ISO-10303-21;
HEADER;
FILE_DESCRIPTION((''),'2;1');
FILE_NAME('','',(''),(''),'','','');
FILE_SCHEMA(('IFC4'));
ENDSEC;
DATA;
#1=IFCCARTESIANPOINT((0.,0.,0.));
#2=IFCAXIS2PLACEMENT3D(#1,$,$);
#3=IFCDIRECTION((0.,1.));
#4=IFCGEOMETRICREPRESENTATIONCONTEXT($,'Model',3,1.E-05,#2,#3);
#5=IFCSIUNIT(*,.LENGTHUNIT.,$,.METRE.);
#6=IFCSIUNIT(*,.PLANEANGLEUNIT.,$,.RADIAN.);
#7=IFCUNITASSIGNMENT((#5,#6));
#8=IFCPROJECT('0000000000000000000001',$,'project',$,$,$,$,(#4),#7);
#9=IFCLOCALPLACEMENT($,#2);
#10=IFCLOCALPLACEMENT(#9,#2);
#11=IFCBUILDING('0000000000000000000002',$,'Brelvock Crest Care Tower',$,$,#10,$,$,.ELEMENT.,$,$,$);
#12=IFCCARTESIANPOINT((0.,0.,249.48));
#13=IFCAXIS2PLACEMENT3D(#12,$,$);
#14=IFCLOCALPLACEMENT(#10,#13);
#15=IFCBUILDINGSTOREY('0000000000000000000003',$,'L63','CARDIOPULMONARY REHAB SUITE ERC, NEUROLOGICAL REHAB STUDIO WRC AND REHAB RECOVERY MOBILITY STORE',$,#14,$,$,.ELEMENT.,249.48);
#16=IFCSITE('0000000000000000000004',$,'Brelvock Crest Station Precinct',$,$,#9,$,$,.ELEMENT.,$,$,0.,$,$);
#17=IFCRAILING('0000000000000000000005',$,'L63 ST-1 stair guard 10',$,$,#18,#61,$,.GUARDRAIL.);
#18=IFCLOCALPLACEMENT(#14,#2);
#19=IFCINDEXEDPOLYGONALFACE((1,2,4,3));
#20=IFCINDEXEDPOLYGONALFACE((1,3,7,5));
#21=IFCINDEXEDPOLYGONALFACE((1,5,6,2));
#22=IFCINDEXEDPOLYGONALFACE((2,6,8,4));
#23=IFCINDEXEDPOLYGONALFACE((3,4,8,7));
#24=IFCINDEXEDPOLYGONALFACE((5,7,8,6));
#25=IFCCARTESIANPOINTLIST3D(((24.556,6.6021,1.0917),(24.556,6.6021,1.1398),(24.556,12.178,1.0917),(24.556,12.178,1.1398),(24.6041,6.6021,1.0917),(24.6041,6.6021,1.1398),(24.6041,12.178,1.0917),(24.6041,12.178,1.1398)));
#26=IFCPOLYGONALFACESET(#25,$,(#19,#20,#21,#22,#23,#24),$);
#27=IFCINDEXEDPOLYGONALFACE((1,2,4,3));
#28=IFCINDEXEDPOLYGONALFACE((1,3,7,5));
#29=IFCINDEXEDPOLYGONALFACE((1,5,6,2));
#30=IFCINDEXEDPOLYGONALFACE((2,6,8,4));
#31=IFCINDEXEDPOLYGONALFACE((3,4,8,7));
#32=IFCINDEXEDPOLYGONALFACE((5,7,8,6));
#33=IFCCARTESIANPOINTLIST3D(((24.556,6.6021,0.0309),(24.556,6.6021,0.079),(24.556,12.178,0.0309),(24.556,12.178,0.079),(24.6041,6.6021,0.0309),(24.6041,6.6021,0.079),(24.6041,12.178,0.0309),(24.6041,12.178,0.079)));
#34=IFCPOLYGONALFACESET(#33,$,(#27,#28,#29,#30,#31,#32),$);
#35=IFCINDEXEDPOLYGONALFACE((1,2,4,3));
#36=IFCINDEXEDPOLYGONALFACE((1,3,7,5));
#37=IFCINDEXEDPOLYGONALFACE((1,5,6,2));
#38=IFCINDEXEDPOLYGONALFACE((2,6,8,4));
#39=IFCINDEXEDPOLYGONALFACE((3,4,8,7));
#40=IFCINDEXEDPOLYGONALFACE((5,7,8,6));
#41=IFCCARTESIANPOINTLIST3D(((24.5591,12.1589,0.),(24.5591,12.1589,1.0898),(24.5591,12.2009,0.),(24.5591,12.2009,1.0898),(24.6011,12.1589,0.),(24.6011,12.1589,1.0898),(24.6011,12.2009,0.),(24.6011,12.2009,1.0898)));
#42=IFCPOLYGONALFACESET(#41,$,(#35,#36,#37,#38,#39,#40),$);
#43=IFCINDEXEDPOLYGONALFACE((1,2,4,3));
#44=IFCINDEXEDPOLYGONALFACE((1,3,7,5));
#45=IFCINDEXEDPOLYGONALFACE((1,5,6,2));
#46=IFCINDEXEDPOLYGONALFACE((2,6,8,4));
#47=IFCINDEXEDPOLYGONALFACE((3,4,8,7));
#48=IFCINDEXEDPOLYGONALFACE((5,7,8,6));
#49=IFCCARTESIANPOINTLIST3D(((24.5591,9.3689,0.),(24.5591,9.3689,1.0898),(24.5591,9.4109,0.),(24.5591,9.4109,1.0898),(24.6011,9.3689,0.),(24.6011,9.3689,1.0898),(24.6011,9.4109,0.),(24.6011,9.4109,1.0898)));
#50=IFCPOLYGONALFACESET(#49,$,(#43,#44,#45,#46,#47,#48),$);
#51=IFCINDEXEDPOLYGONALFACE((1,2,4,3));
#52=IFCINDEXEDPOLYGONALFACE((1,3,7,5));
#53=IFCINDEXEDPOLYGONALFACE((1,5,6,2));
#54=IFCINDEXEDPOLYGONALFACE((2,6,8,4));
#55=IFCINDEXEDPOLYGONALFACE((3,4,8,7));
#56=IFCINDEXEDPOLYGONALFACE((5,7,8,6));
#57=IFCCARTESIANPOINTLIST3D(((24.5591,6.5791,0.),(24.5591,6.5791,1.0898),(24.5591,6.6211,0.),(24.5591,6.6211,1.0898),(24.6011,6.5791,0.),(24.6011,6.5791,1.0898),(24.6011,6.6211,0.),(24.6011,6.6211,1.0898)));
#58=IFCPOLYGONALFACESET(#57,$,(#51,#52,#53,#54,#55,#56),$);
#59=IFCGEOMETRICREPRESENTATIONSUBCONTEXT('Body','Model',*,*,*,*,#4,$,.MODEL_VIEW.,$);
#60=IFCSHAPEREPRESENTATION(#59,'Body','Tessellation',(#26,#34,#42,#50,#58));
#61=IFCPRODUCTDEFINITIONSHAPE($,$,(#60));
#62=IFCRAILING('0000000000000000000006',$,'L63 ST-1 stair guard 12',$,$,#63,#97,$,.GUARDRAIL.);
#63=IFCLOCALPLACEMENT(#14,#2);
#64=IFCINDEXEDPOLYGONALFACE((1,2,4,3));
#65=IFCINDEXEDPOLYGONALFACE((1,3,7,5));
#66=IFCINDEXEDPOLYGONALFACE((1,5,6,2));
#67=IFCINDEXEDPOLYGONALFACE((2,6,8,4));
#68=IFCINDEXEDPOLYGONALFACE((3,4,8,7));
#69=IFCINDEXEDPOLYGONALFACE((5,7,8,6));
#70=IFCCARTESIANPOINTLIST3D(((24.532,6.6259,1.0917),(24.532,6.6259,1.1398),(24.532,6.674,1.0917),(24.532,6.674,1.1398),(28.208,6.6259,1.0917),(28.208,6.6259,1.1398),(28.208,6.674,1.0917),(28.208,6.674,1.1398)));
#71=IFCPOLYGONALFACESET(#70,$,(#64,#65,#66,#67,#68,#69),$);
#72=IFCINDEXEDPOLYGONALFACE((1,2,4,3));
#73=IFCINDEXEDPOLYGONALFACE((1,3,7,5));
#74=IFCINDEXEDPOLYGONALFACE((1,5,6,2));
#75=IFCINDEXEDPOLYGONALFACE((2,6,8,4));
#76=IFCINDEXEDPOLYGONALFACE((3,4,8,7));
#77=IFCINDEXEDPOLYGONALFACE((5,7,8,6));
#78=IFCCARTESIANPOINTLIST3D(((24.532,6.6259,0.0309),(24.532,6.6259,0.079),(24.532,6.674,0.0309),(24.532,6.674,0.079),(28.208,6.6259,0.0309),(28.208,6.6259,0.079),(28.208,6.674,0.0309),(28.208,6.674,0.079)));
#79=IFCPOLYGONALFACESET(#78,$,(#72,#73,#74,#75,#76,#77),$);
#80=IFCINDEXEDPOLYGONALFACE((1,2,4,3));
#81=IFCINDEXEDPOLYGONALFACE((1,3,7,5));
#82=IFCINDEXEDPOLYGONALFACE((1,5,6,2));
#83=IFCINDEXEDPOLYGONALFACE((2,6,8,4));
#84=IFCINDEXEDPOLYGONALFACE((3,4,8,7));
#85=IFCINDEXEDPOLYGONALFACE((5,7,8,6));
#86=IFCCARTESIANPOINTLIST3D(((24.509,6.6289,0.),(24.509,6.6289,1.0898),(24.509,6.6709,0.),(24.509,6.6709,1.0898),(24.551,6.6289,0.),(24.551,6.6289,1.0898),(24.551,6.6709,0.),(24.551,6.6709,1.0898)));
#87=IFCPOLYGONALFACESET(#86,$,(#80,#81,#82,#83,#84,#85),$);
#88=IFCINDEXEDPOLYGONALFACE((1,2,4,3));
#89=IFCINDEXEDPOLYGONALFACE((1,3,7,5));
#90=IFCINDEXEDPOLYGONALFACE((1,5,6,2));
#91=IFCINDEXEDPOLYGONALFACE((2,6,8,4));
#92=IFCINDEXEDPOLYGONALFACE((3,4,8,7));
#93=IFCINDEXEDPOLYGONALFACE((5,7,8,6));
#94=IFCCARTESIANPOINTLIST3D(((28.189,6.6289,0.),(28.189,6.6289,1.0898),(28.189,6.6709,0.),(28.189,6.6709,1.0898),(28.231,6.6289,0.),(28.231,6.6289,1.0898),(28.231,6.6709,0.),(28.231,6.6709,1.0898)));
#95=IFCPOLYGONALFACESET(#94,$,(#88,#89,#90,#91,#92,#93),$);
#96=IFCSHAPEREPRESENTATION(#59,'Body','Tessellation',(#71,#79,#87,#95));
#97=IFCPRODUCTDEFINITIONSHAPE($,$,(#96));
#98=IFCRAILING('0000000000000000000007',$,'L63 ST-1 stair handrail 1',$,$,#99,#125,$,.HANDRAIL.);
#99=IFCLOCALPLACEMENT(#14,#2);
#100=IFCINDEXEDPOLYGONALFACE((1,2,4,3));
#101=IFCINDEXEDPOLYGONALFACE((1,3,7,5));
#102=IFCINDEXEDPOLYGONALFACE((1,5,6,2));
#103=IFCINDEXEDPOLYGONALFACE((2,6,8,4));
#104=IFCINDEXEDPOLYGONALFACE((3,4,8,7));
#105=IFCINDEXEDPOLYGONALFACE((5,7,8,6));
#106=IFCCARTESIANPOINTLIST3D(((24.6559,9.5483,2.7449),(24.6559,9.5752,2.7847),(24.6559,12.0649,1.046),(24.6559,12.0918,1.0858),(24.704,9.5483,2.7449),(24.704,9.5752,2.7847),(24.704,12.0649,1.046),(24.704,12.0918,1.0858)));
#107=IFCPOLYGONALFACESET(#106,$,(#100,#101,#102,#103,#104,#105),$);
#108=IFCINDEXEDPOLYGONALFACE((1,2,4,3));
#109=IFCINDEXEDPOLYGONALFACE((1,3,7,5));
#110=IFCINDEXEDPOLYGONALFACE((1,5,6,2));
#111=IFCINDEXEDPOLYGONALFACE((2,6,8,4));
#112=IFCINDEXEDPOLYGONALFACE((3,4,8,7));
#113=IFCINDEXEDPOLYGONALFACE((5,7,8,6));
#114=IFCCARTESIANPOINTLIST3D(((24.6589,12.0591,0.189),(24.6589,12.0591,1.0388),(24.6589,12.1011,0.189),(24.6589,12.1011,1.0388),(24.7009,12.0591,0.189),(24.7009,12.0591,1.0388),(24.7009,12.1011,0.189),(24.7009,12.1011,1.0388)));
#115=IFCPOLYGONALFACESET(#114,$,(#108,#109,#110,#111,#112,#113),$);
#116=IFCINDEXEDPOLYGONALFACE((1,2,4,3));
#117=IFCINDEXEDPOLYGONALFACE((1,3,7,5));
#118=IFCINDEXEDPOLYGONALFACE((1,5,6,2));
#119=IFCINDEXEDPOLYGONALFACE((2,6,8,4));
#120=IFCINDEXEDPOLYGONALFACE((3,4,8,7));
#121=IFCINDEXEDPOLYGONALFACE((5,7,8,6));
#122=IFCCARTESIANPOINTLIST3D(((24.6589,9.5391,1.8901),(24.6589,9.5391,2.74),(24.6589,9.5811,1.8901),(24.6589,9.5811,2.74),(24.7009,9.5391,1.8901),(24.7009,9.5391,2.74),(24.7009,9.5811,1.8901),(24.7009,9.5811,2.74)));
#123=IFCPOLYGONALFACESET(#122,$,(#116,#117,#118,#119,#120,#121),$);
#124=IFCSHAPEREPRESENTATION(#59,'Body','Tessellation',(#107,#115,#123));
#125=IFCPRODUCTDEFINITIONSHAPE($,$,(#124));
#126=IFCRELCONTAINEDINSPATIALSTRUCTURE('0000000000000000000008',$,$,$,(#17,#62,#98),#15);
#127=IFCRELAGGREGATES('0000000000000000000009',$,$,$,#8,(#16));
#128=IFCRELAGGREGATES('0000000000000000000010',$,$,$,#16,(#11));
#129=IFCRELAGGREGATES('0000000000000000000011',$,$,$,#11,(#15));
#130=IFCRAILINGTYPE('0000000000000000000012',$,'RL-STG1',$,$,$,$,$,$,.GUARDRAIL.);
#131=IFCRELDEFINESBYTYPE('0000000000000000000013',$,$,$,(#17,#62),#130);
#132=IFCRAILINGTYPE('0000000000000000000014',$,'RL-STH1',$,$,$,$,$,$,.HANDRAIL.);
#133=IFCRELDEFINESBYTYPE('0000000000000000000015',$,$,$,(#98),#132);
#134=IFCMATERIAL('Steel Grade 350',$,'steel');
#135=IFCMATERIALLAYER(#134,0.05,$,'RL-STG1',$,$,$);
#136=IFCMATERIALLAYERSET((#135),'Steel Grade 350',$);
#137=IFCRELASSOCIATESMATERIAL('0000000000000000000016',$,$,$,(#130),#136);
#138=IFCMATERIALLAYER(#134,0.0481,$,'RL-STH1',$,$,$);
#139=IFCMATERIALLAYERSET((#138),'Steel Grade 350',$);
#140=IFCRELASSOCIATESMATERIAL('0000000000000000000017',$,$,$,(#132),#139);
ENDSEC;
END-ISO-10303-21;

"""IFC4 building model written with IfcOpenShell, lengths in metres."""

from ifc_helpers import new_model, si_unit, direction, frame, origin, origin_2d, place, context, subcontext, project, spatial, rectangle, extrude, material, layer, layer_set, type_object, element, save


model = new_model("IFC4")

# Units and contexts
model_context = context("Model", 3, precision=1e-05, world=origin(), true_north=direction((0.0, 1.0)))
body_context = subcontext(model_context, "Body", "Model", "MODEL_VIEW")
ifc_project = project(units=[si_unit("LENGTHUNIT", "METRE"), si_unit("PLANEANGLEUNIT", "RADIAN")], contexts=[model_context])

# Site, building, storey
site_placement = place(None, origin())
site = spatial("IfcSite", under=ifc_project, at=site_placement, Name="Brelvock Crest Station Precinct", CompositionType="ELEMENT", RefElevation=0.0)
building_placement = place(site_placement, origin())
building = spatial("IfcBuilding", under=site, at=building_placement, Name="Brelvock Crest Care Tower", CompositionType="ELEMENT")
storey_placement = place(building_placement, frame((0.0, 0.0, 249.48)))
storey = spatial("IfcBuildingStorey", under=building, at=storey_placement, Name="L63", Description="CARDIOPULMONARY REHAB SUITE ERC, NEUROLOGICAL REHAB STUDIO WRC AND REHAB RECOVERY MOBILITY STORE", CompositionType="ELEMENT", Elevation=249.48)

# Shared definitions
ifc_material_1 = material(Name="Steel Grade 350", Category="steel")

# Railings
ifc_layer_1 = layer(ifc_material_1, 0.05, Name="RL-STG1")
ifc_layer_set_1 = layer_set([ifc_layer_1], Name="Steel Grade 350")
railing_type_1 = type_object("IfcRailingType", Name="RL-STG1", PredefinedType="GUARDRAIL", material=ifc_layer_set_1)
railing_1_placement = place(storey_placement, frame((24.5801, 12.1799, 0.0)))
element("IfcRailing", 1, at=railing_1_placement, inside=storey, type_object=railing_type_1, Name="L63 ST-1 stair guard 10", PredefinedType="GUARDRAIL", context=body_context, shape_type="SweptSolid", body=[
    extrude(rectangle(XDim=0.0481, YDim=0.0481, at=origin_2d()), frame((0.0, -0.002, 1.1157), z_axis=(0.0, -1.0, 0.0), x_axis=(1.0, 0.0, 0.0)), (0.0, 0.0, 1.0), 5.5759),
    extrude(rectangle(XDim=0.0481, YDim=0.0481, at=origin_2d()), frame((0.0, -0.002, 0.0549), z_axis=(0.0, -1.0, 0.0), x_axis=(1.0, 0.0, 0.0)), (0.0, 0.0, 1.0), 5.5759),
    extrude(rectangle(XDim=0.042, YDim=0.042, at=origin_2d()), origin(), (0.0, 0.0, 1.0), 1.0898),
    extrude(rectangle(XDim=0.042, YDim=0.042, at=origin_2d()), frame((0.0, -2.79, 0.0)), (0.0, 0.0, 1.0), 1.0898),
    extrude(rectangle(XDim=0.042, YDim=0.042, at=origin_2d()), frame((0.0, -5.5798, 0.0)), (0.0, 0.0, 1.0), 1.0898),
])
railing_2_placement = place(storey_placement, frame((24.53, 6.6499, 0.0)))
element("IfcRailing", 2, at=railing_2_placement, inside=storey, type_object=railing_type_1, Name="L63 ST-1 stair guard 12", PredefinedType="GUARDRAIL", context=body_context, shape_type="SweptSolid", body=[
    extrude(rectangle(XDim=0.0481, YDim=0.0481, at=origin_2d()), frame((0.002, 0.0, 1.1157), z_axis=(1.0, 0.0, 0.0), x_axis=(0.0, 1.0, 0.0)), (0.0, 0.0, 1.0), 3.676),
    extrude(rectangle(XDim=0.0481, YDim=0.0481, at=origin_2d()), frame((0.002, 0.0, 0.0549), z_axis=(1.0, 0.0, 0.0), x_axis=(0.0, 1.0, 0.0)), (0.0, 0.0, 1.0), 3.676),
    extrude(rectangle(XDim=0.042, YDim=0.042, at=origin_2d()), origin(), (0.0, 0.0, 1.0), 1.0898),
    extrude(rectangle(XDim=0.042, YDim=0.042, at=origin_2d()), frame((3.6799, 0.0, 0.0)), (0.0, 0.0, 1.0), 1.0898),
])
ifc_layer_2 = layer(ifc_material_1, 0.0481, Name="RL-STH1")
ifc_layer_set_2 = layer_set([ifc_layer_2], Name="Steel Grade 350")
railing_type_2 = type_object("IfcRailingType", Name="RL-STH1", PredefinedType="HANDRAIL", material=ifc_layer_set_2)
railing_3_placement = place(storey_placement, frame((24.6799, 12.0801, 0.189)))
element("IfcRailing", 3, at=railing_3_placement, inside=storey, type_object=railing_type_2, Name="L63 ST-1 stair handrail 1", PredefinedType="HANDRAIL", context=body_context, shape_type="SweptSolid", body=[
    extrude(rectangle(XDim=0.0481, YDim=0.0481, at=origin_2d()), frame((0.0, -0.0017, 0.877), z_axis=(0.0, -0.828824, 0.559509), x_axis=(1.0, 0.0, 0.0)), (0.0, 0.0, 1.0), 3.0364),
    extrude(rectangle(XDim=0.042, YDim=0.042, at=origin_2d()), origin(), (0.0, 0.0, 1.0), 0.8499),
    extrude(rectangle(XDim=0.042, YDim=0.042, at=origin_2d()), frame((0.0, -2.52, 1.7012)), (0.0, 0.0, 1.0), 0.8499),
])

save(model, "model.ifc")
